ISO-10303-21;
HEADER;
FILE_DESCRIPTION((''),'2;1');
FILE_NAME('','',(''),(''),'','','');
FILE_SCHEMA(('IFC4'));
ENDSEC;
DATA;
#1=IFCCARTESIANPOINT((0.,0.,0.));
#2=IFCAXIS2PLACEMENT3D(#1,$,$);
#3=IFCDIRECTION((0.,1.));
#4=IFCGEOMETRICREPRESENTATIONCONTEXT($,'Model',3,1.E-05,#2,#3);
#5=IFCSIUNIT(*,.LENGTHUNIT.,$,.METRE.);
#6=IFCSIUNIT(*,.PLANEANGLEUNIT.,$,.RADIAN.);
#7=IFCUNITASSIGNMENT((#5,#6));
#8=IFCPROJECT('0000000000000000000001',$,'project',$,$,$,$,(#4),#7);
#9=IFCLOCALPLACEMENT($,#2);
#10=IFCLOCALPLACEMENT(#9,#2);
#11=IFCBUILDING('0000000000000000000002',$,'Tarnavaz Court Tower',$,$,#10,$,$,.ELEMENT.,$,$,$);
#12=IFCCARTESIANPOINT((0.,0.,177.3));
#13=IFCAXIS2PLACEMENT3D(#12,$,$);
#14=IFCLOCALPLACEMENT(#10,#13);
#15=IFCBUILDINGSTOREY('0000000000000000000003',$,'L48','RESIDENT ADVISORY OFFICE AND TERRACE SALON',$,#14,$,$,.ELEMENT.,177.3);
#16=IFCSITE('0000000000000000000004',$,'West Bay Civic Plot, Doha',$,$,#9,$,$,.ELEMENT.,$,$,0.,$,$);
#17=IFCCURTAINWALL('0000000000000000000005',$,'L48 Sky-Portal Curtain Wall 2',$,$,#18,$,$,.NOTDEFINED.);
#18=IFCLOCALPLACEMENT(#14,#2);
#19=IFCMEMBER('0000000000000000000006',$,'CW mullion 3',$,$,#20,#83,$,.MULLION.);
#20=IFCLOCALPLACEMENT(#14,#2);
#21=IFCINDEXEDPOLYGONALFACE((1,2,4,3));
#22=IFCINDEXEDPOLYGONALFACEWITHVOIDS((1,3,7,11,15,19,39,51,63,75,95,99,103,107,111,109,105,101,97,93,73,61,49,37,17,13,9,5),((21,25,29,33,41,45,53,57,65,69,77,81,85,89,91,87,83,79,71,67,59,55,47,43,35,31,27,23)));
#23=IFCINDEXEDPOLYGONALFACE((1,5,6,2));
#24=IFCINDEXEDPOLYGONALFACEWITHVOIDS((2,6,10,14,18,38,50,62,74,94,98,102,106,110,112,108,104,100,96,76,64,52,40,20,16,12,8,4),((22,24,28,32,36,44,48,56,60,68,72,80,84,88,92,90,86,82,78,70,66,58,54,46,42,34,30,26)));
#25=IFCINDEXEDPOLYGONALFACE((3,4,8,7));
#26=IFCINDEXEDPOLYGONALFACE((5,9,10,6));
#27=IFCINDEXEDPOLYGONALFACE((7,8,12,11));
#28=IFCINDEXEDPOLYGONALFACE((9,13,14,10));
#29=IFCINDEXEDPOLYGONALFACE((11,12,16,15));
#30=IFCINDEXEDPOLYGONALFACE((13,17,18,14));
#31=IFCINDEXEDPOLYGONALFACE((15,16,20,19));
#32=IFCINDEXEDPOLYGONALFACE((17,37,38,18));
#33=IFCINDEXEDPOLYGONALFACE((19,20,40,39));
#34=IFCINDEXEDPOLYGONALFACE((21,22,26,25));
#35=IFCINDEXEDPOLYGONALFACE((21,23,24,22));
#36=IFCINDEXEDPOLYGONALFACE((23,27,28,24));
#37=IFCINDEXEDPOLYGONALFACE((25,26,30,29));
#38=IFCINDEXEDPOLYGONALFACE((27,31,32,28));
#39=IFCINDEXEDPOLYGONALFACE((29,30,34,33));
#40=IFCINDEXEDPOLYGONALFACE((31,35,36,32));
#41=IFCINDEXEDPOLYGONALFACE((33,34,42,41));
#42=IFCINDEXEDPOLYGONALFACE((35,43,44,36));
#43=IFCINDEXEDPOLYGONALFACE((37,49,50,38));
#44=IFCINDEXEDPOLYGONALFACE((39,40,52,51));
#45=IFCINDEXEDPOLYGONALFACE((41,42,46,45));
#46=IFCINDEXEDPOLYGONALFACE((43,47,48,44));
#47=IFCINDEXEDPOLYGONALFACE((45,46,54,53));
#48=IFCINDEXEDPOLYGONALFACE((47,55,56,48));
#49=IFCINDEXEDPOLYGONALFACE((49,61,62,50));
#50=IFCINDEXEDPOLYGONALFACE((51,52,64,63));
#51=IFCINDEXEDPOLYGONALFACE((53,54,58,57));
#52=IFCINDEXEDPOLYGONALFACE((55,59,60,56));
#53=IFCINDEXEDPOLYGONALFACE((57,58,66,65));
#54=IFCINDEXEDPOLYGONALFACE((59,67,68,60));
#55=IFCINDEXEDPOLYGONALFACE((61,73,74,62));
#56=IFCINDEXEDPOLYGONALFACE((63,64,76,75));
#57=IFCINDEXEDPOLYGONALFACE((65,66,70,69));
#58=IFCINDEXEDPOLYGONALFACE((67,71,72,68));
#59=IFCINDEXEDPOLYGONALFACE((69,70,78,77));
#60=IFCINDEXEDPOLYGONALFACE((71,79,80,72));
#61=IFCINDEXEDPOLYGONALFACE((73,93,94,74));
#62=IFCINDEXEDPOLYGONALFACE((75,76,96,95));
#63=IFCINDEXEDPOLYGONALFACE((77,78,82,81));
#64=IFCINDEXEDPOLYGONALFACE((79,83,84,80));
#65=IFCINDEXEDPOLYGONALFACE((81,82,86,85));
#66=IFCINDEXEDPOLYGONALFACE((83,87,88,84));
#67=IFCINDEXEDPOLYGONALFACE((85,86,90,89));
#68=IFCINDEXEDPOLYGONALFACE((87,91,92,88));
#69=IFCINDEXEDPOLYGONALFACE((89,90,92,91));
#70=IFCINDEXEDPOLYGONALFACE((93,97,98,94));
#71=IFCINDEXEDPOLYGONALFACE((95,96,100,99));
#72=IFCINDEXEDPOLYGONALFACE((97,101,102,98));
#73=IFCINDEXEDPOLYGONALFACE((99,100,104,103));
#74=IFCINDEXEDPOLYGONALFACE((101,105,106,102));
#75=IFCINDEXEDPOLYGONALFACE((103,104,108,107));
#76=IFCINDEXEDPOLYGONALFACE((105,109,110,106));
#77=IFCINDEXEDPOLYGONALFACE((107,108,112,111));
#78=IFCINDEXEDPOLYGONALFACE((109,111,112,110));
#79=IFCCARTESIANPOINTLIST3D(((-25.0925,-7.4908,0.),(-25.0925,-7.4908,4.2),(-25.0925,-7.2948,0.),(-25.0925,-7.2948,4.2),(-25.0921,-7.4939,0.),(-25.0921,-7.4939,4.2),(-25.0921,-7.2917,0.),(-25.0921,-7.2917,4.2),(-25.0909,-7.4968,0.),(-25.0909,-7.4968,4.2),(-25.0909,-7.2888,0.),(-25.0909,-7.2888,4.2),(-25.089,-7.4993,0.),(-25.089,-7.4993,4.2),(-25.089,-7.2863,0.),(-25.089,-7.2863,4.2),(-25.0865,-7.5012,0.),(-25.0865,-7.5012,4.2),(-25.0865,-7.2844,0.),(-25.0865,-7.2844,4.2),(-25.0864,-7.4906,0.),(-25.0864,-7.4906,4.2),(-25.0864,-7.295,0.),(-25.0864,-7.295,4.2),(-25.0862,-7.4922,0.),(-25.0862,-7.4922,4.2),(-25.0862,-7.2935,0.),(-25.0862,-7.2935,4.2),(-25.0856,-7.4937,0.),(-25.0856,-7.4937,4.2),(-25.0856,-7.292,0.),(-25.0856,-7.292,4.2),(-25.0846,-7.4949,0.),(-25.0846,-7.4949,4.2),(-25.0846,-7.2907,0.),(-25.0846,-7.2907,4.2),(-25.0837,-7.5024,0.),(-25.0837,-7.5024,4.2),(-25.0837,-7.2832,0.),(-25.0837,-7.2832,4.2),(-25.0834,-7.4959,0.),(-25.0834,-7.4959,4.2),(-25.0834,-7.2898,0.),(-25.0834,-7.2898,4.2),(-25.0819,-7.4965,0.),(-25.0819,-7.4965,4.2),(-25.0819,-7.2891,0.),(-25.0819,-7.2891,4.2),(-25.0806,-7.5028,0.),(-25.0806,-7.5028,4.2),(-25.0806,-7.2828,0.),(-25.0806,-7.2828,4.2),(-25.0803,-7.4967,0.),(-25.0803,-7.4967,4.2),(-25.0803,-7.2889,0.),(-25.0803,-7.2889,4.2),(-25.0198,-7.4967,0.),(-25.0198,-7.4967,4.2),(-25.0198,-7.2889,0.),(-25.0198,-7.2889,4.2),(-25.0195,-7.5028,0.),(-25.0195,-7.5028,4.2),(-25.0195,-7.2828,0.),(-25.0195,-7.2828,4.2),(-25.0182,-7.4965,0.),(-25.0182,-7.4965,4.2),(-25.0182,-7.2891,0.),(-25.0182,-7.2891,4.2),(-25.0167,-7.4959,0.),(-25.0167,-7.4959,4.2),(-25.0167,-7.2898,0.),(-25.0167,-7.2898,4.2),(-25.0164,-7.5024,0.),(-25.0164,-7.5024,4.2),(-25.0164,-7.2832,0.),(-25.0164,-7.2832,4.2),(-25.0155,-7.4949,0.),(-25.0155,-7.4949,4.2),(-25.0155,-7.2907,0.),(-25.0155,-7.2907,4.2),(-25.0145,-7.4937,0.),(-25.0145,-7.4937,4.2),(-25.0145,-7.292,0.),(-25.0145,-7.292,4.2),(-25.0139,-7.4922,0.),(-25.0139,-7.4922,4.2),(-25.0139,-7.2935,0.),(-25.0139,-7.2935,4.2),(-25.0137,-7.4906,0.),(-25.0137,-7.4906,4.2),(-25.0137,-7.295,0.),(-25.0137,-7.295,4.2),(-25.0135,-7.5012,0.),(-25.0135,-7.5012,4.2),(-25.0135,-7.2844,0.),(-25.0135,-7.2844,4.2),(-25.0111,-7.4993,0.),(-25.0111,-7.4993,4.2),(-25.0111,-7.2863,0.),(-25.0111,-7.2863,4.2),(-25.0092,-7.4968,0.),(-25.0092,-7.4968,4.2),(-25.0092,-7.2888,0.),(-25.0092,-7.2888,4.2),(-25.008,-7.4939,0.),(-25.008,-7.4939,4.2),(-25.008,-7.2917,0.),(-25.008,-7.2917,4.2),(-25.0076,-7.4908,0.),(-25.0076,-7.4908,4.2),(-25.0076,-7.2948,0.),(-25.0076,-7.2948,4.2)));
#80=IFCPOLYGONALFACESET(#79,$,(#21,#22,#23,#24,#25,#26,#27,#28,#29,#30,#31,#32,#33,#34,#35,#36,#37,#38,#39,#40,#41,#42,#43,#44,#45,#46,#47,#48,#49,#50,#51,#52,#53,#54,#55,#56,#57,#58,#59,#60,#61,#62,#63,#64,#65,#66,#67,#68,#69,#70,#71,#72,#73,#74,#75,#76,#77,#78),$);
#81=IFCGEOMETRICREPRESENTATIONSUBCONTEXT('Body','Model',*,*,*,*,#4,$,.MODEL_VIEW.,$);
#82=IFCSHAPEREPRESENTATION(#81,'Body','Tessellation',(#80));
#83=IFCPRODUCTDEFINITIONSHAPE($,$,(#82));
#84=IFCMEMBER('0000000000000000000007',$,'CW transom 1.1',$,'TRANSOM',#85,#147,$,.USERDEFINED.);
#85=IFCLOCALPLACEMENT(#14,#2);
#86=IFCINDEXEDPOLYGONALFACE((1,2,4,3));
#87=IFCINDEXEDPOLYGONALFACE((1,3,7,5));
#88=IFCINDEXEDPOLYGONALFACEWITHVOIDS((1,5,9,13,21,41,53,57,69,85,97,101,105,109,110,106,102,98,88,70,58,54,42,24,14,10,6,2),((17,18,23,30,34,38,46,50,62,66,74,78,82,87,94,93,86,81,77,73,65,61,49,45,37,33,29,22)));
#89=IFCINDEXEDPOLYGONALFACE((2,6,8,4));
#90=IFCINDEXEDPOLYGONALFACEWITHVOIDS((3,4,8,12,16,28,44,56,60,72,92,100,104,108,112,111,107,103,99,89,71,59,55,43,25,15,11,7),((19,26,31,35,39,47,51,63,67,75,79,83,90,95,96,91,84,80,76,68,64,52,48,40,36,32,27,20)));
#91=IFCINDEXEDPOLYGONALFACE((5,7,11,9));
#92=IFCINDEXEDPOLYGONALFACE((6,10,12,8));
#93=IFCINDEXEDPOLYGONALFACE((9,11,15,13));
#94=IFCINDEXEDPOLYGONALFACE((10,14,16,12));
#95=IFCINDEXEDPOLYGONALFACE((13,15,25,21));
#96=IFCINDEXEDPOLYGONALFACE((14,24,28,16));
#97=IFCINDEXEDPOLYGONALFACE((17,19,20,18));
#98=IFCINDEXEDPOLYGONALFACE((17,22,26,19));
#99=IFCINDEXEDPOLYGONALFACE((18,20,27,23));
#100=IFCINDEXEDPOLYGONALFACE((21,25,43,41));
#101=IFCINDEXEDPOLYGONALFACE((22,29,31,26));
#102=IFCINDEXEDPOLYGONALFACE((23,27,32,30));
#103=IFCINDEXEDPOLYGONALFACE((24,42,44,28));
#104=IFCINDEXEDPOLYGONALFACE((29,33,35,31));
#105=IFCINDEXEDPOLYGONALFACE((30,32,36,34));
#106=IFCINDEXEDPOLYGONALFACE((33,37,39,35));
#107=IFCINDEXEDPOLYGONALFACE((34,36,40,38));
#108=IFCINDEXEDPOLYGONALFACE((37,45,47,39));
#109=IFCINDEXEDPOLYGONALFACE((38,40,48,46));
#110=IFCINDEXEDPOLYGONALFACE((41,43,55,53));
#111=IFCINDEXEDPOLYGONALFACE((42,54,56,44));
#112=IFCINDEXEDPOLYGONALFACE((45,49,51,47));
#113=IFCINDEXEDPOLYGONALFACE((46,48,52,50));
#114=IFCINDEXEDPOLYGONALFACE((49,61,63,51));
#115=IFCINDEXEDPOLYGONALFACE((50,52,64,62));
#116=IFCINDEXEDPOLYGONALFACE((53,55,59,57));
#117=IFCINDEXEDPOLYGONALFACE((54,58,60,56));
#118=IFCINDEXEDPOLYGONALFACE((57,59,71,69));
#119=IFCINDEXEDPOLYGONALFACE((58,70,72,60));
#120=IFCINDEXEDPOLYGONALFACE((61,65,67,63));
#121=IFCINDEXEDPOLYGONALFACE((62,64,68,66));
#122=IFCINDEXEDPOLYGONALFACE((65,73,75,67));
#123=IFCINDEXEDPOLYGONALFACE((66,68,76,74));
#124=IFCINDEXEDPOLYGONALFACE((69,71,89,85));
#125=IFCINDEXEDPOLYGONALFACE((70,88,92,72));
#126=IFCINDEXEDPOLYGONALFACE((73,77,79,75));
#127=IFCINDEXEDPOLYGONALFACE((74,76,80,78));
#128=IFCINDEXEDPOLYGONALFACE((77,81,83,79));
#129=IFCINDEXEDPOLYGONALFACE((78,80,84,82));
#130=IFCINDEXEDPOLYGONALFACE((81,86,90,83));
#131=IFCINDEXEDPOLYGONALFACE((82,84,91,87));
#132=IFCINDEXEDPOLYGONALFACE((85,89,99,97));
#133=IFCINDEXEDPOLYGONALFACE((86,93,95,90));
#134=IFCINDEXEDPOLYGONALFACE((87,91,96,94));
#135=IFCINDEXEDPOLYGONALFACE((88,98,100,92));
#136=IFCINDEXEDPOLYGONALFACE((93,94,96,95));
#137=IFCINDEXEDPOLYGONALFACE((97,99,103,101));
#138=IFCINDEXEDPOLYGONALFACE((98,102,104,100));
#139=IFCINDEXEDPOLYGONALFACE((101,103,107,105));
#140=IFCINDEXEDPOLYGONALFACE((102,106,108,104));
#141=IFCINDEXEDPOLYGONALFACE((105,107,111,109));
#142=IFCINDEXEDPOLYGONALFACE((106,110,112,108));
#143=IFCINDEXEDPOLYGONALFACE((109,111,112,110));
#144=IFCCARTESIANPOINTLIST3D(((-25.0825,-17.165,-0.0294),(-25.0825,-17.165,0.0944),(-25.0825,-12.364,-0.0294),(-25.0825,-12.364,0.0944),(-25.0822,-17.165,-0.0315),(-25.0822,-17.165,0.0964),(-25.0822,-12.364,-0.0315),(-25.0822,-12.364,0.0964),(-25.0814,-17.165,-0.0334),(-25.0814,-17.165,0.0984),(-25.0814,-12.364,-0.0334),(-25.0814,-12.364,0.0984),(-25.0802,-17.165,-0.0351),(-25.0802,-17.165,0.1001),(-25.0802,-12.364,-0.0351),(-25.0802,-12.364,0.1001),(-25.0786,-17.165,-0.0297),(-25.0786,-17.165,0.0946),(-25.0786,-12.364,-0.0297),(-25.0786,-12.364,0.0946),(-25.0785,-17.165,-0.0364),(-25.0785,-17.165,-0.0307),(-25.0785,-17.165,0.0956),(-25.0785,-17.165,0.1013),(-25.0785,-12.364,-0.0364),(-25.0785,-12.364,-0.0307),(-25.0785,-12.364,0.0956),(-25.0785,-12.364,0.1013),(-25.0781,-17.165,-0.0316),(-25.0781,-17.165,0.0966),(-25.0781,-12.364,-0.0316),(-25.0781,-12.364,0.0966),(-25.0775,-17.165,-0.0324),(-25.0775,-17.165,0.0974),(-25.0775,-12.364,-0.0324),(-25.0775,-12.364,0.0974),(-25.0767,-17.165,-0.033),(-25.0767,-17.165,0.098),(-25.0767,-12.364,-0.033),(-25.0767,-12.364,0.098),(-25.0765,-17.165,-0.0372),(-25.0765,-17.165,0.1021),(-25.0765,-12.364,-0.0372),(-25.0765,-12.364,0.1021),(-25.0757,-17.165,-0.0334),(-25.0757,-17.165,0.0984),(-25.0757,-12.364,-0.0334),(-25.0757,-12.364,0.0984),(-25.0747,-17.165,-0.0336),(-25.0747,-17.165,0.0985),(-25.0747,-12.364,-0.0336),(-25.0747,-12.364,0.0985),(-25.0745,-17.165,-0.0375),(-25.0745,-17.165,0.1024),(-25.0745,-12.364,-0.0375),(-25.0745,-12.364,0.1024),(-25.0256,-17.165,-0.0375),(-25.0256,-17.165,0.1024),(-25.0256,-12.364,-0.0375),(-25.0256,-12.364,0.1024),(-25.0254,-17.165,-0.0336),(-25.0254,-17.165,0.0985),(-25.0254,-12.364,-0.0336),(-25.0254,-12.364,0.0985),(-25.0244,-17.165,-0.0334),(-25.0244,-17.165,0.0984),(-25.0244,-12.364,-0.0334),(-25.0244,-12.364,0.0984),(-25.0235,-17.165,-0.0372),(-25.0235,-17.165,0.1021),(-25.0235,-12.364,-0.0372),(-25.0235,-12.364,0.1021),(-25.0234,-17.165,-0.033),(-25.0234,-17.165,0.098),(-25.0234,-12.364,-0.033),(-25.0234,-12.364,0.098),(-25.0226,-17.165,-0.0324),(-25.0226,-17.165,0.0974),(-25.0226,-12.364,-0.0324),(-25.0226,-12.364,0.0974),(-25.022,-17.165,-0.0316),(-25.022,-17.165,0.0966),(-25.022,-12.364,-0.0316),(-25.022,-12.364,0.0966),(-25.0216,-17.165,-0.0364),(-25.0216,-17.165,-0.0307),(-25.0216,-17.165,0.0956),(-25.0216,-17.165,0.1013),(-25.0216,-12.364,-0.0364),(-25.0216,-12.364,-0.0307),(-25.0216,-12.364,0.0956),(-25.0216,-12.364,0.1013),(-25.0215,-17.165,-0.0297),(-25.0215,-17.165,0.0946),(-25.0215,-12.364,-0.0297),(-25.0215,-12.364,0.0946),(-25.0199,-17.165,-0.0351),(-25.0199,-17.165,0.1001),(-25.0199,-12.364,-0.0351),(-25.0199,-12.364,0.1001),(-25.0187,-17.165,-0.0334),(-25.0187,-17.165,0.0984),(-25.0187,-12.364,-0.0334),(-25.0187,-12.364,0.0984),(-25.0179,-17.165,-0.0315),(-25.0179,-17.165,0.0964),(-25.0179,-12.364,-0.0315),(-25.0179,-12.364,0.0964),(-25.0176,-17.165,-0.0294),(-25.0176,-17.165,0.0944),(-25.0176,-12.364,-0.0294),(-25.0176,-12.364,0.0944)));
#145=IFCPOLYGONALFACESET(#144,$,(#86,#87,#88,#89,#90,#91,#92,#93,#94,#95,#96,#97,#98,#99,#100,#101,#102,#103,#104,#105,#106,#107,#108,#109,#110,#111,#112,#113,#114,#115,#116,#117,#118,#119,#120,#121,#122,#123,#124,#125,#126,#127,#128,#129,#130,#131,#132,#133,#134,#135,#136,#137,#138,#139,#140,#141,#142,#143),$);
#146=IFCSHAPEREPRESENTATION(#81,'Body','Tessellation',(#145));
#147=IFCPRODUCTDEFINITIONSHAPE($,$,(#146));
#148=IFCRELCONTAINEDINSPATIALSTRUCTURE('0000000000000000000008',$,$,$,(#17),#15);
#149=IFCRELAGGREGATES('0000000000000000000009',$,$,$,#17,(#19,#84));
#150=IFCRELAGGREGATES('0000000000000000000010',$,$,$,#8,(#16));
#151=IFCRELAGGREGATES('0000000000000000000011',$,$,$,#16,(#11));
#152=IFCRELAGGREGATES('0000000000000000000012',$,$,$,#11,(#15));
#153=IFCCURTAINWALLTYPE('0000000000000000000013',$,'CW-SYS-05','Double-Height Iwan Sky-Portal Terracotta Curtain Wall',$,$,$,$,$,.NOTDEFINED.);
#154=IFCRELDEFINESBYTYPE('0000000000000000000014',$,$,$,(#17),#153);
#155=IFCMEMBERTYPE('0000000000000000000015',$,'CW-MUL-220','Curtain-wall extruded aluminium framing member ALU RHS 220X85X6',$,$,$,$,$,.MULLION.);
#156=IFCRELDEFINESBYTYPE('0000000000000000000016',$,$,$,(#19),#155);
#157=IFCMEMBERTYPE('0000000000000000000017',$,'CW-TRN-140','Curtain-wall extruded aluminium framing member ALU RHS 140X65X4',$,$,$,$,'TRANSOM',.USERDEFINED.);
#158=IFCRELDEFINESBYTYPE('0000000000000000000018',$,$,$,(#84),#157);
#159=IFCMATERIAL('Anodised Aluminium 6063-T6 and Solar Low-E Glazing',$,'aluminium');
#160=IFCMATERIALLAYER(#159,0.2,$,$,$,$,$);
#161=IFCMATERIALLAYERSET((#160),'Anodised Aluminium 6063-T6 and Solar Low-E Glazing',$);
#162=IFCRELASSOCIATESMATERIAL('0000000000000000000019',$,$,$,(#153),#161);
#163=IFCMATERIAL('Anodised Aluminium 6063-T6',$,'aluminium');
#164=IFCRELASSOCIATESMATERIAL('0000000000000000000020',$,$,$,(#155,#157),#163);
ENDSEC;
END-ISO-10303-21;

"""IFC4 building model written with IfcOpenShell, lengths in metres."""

from ifc_helpers import new_model, si_unit, direction, frame, origin, origin_2d, place, context, subcontext, project, spatial, hollow_rectangle, extrude, material, layer, layer_set, material_profile, profile_set, type_object, element, aggregate, save


model = new_model("IFC4")

# Units and contexts
model_context = context("Model", 3, precision=1e-05, world=origin(), true_north=direction((0.0, 1.0)))
body_context = subcontext(model_context, "Body", "Model", "MODEL_VIEW")
ifc_project = project(units=[si_unit("LENGTHUNIT", "METRE"), si_unit("PLANEANGLEUNIT", "RADIAN")], contexts=[model_context])

# Site, building, storey
site_placement = place(None, origin())
site = spatial("IfcSite", under=ifc_project, at=site_placement, Name="West Bay Civic Plot, Doha", CompositionType="ELEMENT", RefElevation=0.0)
building_placement = place(site_placement, origin())
building = spatial("IfcBuilding", under=site, at=building_placement, Name="Tarnavaz Court Tower", CompositionType="ELEMENT")
storey_placement = place(building_placement, frame((0.0, 0.0, 177.3)))
storey = spatial("IfcBuildingStorey", under=building, at=storey_placement, Name="L48", Description="RESIDENT ADVISORY OFFICE AND TERRACE SALON", CompositionType="ELEMENT", Elevation=177.3)

# Curtain wall, members
ifc_material_1 = material(Name="Anodised Aluminium 6063-T6 and Solar Low-E Glazing", Category="aluminium")
ifc_layer_1 = layer(ifc_material_1, 0.2)
ifc_layer_set_1 = layer_set([ifc_layer_1], Name="Anodised Aluminium 6063-T6 and Solar Low-E Glazing")
curtain_wall_type = type_object("IfcCurtainWallType", Name="CW-SYS-05", Description="Double-Height Iwan Sky-Portal Terracotta Curtain Wall", PredefinedType="NOTDEFINED", material=ifc_layer_set_1)
curtain_wall_placement = place(storey_placement, origin())
curtain_wall = element("IfcCurtainWall", 1, at=curtain_wall_placement, inside=storey, type_object=curtain_wall_type, Name="L48 Sky-Portal Curtain Wall 2", PredefinedType="NOTDEFINED")
ifc_material_2 = material(Name="Anodised Aluminium 6063-T6", Category="aluminium")
ifc_material_profile_1 = material_profile(ifc_material_2, hollow_rectangle(XDim=0.085, YDim=0.22, WallThickness=0.0061, InnerFilletRadius=0.0061, OuterFilletRadius=0.012, at=origin_2d()), Name="ALU RHS 220X85X6")
ifc_profile_set_1 = profile_set([ifc_material_profile_1], Name="Anodised Aluminium 6063-T6")
member_type_1 = type_object("IfcMemberType", Name="CW-MUL-220", Description="Curtain-wall extruded aluminium framing member ALU RHS 220X85X6", PredefinedType="MULLION", material=ifc_profile_set_1)
member_1_placement = place(storey_placement, frame((-25.05, -7.3928, 0.0), z_axis=(0.0, 0.0, 1.0), x_axis=(-1.0, 0.0, 0.0)))
member_1 = element("IfcMember", 2, at=member_1_placement, type_object=member_type_1, Name="CW mullion 3", PredefinedType="MULLION", context=body_context, shape_type="SweptSolid", body=[
    extrude(hollow_rectangle(XDim=0.085, YDim=0.22, WallThickness=0.0061, InnerFilletRadius=0.0061, OuterFilletRadius=0.012, at=origin_2d()), origin(), (0.0, 0.0, 1.0), 4.2),
])
ifc_material_profile_2 = material_profile(ifc_material_2, hollow_rectangle(XDim=0.0649, YDim=0.1399, WallThickness=0.0039, InnerFilletRadius=0.0039, OuterFilletRadius=0.0081, at=origin_2d()), Name="ALU RHS 140X65X4")
ifc_profile_set_2 = profile_set([ifc_material_profile_2], Name="Anodised Aluminium 6063-T6")
member_type_2 = type_object("IfcMemberType", Name="CW-TRN-140", Description="Curtain-wall extruded aluminium framing member ALU RHS 140X65X4", ElementType="TRANSOM", PredefinedType="USERDEFINED", material=ifc_profile_set_2)
member_2_placement = place(storey_placement, frame((-25.05, -17.165, 0.0325), z_axis=(0.0, 1.0, 0.0), x_axis=(-1.0, 0.0, 0.0)))
member_2 = element("IfcMember", 3, at=member_2_placement, type_object=member_type_2, Name="CW transom 1.1", ObjectType="TRANSOM", PredefinedType="USERDEFINED", context=body_context, shape_type="SweptSolid", body=[
    extrude(hollow_rectangle(XDim=0.0649, YDim=0.1399, WallThickness=0.0039, InnerFilletRadius=0.0039, OuterFilletRadius=0.0081, at=origin_2d()), origin(), (0.0, 0.0, 1.0), 4.801),
])
aggregate(curtain_wall, [member_1, member_2])

save(model, "model.ifc")
